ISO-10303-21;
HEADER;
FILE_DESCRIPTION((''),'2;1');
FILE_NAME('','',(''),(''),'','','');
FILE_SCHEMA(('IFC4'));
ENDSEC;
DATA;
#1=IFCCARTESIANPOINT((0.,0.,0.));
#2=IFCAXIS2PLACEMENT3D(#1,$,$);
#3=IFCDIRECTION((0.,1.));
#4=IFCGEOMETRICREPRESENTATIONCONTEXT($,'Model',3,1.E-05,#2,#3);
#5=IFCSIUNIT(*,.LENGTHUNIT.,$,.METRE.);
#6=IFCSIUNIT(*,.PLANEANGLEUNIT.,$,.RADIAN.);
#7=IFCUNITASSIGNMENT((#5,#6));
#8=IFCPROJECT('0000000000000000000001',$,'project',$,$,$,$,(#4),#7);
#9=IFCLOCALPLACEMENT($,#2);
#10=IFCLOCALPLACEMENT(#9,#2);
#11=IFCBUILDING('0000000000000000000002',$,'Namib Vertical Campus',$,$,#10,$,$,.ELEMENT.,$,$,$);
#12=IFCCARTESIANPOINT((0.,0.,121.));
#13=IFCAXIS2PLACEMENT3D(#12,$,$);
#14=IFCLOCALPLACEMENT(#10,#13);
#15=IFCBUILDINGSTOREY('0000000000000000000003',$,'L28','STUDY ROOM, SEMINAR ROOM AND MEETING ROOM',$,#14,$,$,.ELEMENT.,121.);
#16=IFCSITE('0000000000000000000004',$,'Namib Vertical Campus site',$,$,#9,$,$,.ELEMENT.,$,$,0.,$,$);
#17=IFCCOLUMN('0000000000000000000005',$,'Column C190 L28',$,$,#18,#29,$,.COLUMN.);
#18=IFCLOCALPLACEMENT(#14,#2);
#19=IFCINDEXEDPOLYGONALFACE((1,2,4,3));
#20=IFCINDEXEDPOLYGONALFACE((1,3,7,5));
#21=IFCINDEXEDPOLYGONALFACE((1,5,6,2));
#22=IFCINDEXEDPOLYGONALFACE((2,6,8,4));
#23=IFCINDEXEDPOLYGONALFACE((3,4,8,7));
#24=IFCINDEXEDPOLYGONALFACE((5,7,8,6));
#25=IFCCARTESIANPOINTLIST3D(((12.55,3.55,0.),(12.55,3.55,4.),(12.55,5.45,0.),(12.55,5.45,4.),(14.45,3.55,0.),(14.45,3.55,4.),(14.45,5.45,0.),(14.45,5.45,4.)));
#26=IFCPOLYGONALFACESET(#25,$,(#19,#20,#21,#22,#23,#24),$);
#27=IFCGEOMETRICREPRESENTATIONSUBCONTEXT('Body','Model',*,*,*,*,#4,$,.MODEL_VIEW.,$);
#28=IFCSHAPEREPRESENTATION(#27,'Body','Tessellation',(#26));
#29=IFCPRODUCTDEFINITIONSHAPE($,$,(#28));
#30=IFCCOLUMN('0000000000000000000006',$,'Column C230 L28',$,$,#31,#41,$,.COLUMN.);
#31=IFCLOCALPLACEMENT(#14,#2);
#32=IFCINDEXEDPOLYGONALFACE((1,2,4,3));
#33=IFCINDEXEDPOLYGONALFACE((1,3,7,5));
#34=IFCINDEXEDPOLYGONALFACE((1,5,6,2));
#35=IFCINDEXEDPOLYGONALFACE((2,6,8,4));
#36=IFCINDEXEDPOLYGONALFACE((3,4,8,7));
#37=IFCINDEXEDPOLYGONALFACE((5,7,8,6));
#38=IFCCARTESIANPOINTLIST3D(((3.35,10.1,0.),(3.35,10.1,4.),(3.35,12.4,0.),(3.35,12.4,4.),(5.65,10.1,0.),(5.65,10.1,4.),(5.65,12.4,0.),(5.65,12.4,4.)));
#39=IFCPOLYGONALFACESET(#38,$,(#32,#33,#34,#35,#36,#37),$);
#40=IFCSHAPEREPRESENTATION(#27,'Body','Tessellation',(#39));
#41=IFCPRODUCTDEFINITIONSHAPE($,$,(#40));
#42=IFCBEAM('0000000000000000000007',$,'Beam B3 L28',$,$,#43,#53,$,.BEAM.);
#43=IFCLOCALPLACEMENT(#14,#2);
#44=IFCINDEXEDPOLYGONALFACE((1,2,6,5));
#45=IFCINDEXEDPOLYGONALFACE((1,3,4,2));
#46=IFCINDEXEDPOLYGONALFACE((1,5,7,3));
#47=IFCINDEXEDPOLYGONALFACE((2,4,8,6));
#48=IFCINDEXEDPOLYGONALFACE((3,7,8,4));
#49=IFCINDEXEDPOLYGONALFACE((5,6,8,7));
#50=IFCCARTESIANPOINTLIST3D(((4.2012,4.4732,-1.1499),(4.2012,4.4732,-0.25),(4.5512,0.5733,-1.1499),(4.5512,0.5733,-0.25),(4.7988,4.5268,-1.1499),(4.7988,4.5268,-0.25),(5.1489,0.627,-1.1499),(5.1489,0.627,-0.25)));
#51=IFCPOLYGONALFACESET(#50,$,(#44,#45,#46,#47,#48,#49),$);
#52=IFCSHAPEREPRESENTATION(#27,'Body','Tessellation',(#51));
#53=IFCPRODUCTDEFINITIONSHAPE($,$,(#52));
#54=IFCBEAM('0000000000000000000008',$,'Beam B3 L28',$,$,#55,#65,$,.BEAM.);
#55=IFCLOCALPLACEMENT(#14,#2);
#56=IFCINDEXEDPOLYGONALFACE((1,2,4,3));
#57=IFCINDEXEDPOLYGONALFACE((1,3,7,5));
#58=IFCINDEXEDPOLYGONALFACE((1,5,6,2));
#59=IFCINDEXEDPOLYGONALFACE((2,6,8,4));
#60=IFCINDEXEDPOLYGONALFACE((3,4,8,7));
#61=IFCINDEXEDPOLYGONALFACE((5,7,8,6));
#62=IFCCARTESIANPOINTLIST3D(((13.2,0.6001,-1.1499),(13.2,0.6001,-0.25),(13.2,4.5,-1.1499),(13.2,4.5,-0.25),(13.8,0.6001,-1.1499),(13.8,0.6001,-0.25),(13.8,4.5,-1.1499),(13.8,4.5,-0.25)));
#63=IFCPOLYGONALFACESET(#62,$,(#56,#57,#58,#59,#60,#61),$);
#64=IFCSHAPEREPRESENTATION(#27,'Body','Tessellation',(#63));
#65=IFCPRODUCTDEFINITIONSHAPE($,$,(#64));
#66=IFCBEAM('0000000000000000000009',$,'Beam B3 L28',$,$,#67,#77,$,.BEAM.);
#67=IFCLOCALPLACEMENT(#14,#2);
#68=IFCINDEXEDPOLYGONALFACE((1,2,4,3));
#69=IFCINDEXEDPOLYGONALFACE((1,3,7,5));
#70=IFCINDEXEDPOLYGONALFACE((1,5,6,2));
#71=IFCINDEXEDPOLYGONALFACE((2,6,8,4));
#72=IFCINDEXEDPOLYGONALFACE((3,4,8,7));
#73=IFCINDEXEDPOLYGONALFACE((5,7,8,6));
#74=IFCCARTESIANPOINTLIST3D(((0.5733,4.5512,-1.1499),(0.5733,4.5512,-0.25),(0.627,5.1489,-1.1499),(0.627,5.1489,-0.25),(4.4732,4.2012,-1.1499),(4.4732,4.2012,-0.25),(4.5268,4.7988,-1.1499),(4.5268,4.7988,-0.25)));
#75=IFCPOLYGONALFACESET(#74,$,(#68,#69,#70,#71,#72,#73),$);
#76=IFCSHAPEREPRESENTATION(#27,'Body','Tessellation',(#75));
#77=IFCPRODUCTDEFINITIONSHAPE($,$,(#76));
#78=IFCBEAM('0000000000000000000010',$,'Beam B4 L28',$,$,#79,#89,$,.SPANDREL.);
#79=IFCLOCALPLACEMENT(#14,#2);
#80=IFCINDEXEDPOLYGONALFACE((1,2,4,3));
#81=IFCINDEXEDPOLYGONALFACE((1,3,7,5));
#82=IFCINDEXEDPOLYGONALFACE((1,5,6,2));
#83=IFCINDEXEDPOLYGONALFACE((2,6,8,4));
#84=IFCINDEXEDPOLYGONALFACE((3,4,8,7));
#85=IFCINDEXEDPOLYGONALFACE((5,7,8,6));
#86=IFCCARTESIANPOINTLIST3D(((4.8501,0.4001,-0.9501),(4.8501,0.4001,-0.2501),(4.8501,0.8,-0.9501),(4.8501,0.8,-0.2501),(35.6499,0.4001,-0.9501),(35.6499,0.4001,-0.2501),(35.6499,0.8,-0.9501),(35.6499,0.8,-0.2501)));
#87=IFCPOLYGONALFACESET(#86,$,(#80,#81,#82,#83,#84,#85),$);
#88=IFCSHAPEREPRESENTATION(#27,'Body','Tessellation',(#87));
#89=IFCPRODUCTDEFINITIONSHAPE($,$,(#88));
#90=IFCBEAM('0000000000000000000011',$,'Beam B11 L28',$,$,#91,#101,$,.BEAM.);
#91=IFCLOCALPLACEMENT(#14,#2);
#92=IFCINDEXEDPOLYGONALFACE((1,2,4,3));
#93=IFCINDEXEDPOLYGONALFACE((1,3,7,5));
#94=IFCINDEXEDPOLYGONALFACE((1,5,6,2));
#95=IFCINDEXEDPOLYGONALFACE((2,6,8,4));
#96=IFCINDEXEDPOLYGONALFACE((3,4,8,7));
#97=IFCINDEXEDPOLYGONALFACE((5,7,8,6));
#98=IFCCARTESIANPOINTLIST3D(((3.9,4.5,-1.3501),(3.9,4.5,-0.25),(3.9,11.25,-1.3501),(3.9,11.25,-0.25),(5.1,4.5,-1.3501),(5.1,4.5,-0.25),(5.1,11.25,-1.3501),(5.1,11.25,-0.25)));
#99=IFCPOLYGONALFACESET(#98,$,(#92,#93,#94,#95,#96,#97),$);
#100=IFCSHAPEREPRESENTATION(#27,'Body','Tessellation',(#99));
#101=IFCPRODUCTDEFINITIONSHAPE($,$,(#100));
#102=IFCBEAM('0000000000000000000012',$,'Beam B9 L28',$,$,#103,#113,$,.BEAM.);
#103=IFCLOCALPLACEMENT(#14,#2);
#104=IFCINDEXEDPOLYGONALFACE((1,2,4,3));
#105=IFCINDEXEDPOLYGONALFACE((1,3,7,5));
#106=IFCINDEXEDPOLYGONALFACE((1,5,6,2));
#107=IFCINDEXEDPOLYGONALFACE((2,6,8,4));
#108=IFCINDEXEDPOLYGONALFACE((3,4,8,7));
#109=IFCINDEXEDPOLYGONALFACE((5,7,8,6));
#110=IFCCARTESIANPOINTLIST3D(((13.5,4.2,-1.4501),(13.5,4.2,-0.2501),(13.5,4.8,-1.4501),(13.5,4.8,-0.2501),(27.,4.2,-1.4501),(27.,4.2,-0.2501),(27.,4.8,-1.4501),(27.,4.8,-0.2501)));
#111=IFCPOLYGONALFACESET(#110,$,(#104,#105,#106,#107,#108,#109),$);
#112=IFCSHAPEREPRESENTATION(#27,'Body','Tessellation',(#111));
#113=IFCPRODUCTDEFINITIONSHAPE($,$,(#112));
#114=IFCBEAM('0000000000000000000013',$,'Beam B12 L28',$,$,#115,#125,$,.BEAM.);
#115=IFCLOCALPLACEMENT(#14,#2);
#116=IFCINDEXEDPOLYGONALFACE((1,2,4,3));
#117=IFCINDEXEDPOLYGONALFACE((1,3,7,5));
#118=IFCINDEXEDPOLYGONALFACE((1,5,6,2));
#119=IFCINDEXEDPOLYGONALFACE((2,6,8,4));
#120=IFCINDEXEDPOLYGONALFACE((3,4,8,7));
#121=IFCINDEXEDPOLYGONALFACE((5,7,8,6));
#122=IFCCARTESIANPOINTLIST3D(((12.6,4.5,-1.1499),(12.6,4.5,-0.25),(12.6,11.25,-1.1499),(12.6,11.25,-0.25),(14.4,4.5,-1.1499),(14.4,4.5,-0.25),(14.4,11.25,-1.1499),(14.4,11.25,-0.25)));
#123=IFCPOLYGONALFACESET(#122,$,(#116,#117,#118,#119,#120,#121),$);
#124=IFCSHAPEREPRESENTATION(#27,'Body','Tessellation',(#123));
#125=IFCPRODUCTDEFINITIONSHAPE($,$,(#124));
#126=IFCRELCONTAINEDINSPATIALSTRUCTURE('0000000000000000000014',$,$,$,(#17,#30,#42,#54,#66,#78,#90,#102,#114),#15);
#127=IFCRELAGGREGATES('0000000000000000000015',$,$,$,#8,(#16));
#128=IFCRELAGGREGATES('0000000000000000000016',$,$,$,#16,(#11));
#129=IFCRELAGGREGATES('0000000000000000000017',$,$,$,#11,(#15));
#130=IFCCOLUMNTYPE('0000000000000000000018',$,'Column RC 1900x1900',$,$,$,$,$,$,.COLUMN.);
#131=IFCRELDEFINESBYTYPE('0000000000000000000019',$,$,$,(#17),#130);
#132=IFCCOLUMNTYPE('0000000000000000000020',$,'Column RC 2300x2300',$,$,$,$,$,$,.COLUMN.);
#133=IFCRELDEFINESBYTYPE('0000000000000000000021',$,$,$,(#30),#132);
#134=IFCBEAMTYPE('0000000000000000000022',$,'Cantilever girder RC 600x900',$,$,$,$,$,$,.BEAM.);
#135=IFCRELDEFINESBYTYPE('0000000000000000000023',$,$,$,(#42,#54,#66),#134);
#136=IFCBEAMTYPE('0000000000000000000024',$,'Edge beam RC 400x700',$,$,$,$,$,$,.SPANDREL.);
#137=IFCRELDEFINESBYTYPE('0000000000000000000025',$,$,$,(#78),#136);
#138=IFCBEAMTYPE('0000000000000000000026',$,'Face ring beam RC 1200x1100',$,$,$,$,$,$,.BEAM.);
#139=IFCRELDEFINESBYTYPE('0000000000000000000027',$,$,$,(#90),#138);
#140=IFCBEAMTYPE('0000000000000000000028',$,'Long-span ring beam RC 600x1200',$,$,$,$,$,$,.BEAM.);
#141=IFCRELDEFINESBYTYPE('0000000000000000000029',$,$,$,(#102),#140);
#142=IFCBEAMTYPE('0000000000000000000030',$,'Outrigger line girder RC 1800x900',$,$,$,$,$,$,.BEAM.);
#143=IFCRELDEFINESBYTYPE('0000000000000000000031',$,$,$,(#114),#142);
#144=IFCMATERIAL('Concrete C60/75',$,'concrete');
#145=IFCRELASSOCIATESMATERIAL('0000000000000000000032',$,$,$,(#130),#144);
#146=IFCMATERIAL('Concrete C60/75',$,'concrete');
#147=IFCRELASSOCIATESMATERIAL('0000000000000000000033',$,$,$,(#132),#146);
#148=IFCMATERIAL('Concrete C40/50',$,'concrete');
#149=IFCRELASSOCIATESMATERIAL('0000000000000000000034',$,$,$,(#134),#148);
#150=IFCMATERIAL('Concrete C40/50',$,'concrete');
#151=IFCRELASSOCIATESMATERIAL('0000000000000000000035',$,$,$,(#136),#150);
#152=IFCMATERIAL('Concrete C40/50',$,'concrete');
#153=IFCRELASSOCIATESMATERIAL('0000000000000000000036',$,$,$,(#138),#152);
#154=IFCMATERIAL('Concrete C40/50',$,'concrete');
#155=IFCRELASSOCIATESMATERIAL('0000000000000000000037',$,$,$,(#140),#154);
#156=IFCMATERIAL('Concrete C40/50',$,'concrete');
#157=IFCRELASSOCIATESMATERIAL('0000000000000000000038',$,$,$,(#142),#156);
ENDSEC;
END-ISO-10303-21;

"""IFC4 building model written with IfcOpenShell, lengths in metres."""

from ifc_helpers import new_model, si_unit, direction, frame, origin, origin_2d, place, context, subcontext, project, spatial, rectangle, extrude, material, material_profile, profile_set, type_object, element, save


model = new_model("IFC4")

# Units and contexts
model_context = context("Model", 3, precision=1e-05, world=origin(), true_north=direction((0.0, 1.0)))
body_context = subcontext(model_context, "Body", "Model", "MODEL_VIEW")
ifc_project = project(units=[si_unit("LENGTHUNIT", "METRE"), si_unit("PLANEANGLEUNIT", "RADIAN")], contexts=[model_context])

# Site, building, storey
site_placement = place(None, origin())
site = spatial("IfcSite", under=ifc_project, at=site_placement, Name="Namib Vertical Campus site", CompositionType="ELEMENT", RefElevation=0.0)
building_placement = place(site_placement, origin())
building = spatial("IfcBuilding", under=site, at=building_placement, Name="Namib Vertical Campus", CompositionType="ELEMENT")
storey_placement = place(building_placement, frame((0.0, 0.0, 121.0)))
storey = spatial("IfcBuildingStorey", under=building, at=storey_placement, Name="L28", Description="STUDY ROOM, SEMINAR ROOM AND MEETING ROOM", CompositionType="ELEMENT", Elevation=121.0)

# Columns
ifc_material_1 = material(Name="Concrete C60/75", Category="concrete")
ifc_material_profile_1 = material_profile(ifc_material_1, rectangle(XDim=1.8999, YDim=1.8999, at=origin_2d()))
ifc_profile_set_1 = profile_set([ifc_material_profile_1], Name="Concrete C60/75")
column_type_1 = type_object("IfcColumnType", Name="Column RC 1900x1900", PredefinedType="COLUMN", material=ifc_profile_set_1)
column_1_placement = place(storey_placement, frame((13.5, 4.5, 0.0), z_axis=(0.0, 0.0, 1.0), x_axis=(1.0, 0.0, 0.0)))
element("IfcColumn", 1, at=column_1_placement, inside=storey, type_object=column_type_1, Name="Column C190 L28", PredefinedType="COLUMN", context=body_context, shape_type="SweptSolid", body=[
    extrude(rectangle(XDim=1.8999, YDim=1.8999, at=origin_2d()), origin(), (0.0, 0.0, 1.0), 4.0),
])
ifc_material_2 = material(Name="Concrete C60/75", Category="concrete")
ifc_material_profile_2 = material_profile(ifc_material_2, rectangle(XDim=2.3, YDim=2.3, at=origin_2d()))
ifc_profile_set_2 = profile_set([ifc_material_profile_2], Name="Concrete C60/75")
column_type_2 = type_object("IfcColumnType", Name="Column RC 2300x2300", PredefinedType="COLUMN", material=ifc_profile_set_2)
column_2_placement = place(storey_placement, frame((4.5, 11.25, 0.0), z_axis=(0.0, 0.0, 1.0), x_axis=(1.0, 0.0, 0.0)))
element("IfcColumn", 2, at=column_2_placement, inside=storey, type_object=column_type_2, Name="Column C230 L28", PredefinedType="COLUMN", context=body_context, shape_type="SweptSolid", body=[
    extrude(rectangle(XDim=2.3, YDim=2.3, at=origin_2d()), origin(), (0.0, 0.0, 1.0), 4.0),
])

# Beams
ifc_material_3 = material(Name="Concrete C40/50", Category="concrete")
ifc_material_profile_3 = material_profile(ifc_material_3, rectangle(XDim=0.6001, YDim=0.8999, at=origin_2d()))
ifc_profile_set_3 = profile_set([ifc_material_profile_3], Name="Concrete C40/50")
beam_type_1 = type_object("IfcBeamType", Name="Cantilever girder RC 600x900", PredefinedType="BEAM", material=ifc_profile_set_3)
beam_1_placement = place(storey_placement, frame((4.5, 4.5, -0.7), z_axis=(0.089411, -0.995995, 0.0), x_axis=(0.995995, 0.089411, 0.0)))
element("IfcBeam", 3, at=beam_1_placement, inside=storey, type_object=beam_type_1, Name="Beam B3 L28", PredefinedType="BEAM", context=body_context, shape_type="SweptSolid", body=[
    extrude(rectangle(XDim=0.6001, YDim=0.8999, at=origin_2d()), origin(), (0.0, 0.0, 1.0), 3.9155),
])
beam_2_placement = place(storey_placement, frame((13.5, 4.5, -0.7), z_axis=(0.0, -1.0, 0.0), x_axis=(1.0, 0.0, 0.0)))
element("IfcBeam", 4, at=beam_2_placement, inside=storey, type_object=beam_type_1, Name="Beam B3 L28", PredefinedType="BEAM", context=body_context, shape_type="SweptSolid", body=[
    extrude(rectangle(XDim=0.6001, YDim=0.8999, at=origin_2d()), origin(), (0.0, 0.0, 1.0), 3.8999),
])
beam_3_placement = place(storey_placement, frame((4.5, 4.5, -0.7), z_axis=(-0.995995, 0.089411, 0.0), x_axis=(-0.089411, -0.995995, 0.0)))
element("IfcBeam", 5, at=beam_3_placement, inside=storey, type_object=beam_type_1, Name="Beam B3 L28", PredefinedType="BEAM", context=body_context, shape_type="SweptSolid", body=[
    extrude(rectangle(XDim=0.6001, YDim=0.8999, at=origin_2d()), origin(), (0.0, 0.0, 1.0), 3.9155),
])
ifc_material_4 = material(Name="Concrete C40/50", Category="concrete")
ifc_material_profile_4 = material_profile(ifc_material_4, rectangle(XDim=0.3999, YDim=0.7, at=origin_2d()))
ifc_profile_set_4 = profile_set([ifc_material_profile_4], Name="Concrete C40/50")
beam_type_2 = type_object("IfcBeamType", Name="Edge beam RC 400x700", PredefinedType="SPANDREL", material=ifc_profile_set_4)
beam_4_placement = place(storey_placement, frame((4.8501, 0.6001, -0.6001), z_axis=(1.0, 0.0, 0.0), x_axis=(0.0, 1.0, 0.0)))
element("IfcBeam", 6, at=beam_4_placement, inside=storey, type_object=beam_type_2, Name="Beam B4 L28", PredefinedType="SPANDREL", context=body_context, shape_type="SweptSolid", body=[
    extrude(rectangle(XDim=0.3999, YDim=0.7, at=origin_2d()), origin(), (0.0, 0.0, 1.0), 30.7998),
])
ifc_material_5 = material(Name="Concrete C40/50", Category="concrete")
ifc_material_profile_5 = material_profile(ifc_material_5, rectangle(XDim=1.2, YDim=1.1001, at=origin_2d()))
ifc_profile_set_5 = profile_set([ifc_material_profile_5], Name="Concrete C40/50")
beam_type_3 = type_object("IfcBeamType", Name="Face ring beam RC 1200x1100", PredefinedType="BEAM", material=ifc_profile_set_5)
beam_5_placement = place(storey_placement, frame((4.5, 4.5, -0.8), z_axis=(0.0, 1.0, 0.0), x_axis=(-1.0, 0.0, 0.0)))
element("IfcBeam", 7, at=beam_5_placement, inside=storey, type_object=beam_type_3, Name="Beam B11 L28", PredefinedType="BEAM", context=body_context, shape_type="SweptSolid", body=[
    extrude(rectangle(XDim=1.2, YDim=1.1001, at=origin_2d()), origin(), (0.0, 0.0, 1.0), 6.75),
])
ifc_material_6 = material(Name="Concrete C40/50", Category="concrete")
ifc_material_profile_6 = material_profile(ifc_material_6, rectangle(XDim=0.6001, YDim=1.2, at=origin_2d()))
ifc_profile_set_6 = profile_set([ifc_material_profile_6], Name="Concrete C40/50")
beam_type_4 = type_object("IfcBeamType", Name="Long-span ring beam RC 600x1200", PredefinedType="BEAM", material=ifc_profile_set_6)
beam_6_placement = place(storey_placement, frame((13.5, 4.5, -0.8501), z_axis=(1.0, 0.0, 0.0), x_axis=(0.0, 1.0, 0.0)))
element("IfcBeam", 8, at=beam_6_placement, inside=storey, type_object=beam_type_4, Name="Beam B9 L28", PredefinedType="BEAM", context=body_context, shape_type="SweptSolid", body=[
    extrude(rectangle(XDim=0.6001, YDim=1.2, at=origin_2d()), origin(), (0.0, 0.0, 1.0), 13.5),
])
ifc_material_7 = material(Name="Concrete C40/50", Category="concrete")
ifc_material_profile_7 = material_profile(ifc_material_7, rectangle(XDim=1.8, YDim=0.8999, at=origin_2d()))
ifc_profile_set_7 = profile_set([ifc_material_profile_7], Name="Concrete C40/50")
beam_type_5 = type_object("IfcBeamType", Name="Outrigger line girder RC 1800x900", PredefinedType="BEAM", material=ifc_profile_set_7)
beam_7_placement = place(storey_placement, frame((13.5, 4.5, -0.7), z_axis=(0.0, 1.0, 0.0), x_axis=(-1.0, 0.0, 0.0)))
element("IfcBeam", 9, at=beam_7_placement, inside=storey, type_object=beam_type_5, Name="Beam B12 L28", PredefinedType="BEAM", context=body_context, shape_type="SweptSolid", body=[
    extrude(rectangle(XDim=1.8, YDim=0.8999, at=origin_2d()), origin(), (0.0, 0.0, 1.0), 6.75),
])

save(model, "model.ifc")
